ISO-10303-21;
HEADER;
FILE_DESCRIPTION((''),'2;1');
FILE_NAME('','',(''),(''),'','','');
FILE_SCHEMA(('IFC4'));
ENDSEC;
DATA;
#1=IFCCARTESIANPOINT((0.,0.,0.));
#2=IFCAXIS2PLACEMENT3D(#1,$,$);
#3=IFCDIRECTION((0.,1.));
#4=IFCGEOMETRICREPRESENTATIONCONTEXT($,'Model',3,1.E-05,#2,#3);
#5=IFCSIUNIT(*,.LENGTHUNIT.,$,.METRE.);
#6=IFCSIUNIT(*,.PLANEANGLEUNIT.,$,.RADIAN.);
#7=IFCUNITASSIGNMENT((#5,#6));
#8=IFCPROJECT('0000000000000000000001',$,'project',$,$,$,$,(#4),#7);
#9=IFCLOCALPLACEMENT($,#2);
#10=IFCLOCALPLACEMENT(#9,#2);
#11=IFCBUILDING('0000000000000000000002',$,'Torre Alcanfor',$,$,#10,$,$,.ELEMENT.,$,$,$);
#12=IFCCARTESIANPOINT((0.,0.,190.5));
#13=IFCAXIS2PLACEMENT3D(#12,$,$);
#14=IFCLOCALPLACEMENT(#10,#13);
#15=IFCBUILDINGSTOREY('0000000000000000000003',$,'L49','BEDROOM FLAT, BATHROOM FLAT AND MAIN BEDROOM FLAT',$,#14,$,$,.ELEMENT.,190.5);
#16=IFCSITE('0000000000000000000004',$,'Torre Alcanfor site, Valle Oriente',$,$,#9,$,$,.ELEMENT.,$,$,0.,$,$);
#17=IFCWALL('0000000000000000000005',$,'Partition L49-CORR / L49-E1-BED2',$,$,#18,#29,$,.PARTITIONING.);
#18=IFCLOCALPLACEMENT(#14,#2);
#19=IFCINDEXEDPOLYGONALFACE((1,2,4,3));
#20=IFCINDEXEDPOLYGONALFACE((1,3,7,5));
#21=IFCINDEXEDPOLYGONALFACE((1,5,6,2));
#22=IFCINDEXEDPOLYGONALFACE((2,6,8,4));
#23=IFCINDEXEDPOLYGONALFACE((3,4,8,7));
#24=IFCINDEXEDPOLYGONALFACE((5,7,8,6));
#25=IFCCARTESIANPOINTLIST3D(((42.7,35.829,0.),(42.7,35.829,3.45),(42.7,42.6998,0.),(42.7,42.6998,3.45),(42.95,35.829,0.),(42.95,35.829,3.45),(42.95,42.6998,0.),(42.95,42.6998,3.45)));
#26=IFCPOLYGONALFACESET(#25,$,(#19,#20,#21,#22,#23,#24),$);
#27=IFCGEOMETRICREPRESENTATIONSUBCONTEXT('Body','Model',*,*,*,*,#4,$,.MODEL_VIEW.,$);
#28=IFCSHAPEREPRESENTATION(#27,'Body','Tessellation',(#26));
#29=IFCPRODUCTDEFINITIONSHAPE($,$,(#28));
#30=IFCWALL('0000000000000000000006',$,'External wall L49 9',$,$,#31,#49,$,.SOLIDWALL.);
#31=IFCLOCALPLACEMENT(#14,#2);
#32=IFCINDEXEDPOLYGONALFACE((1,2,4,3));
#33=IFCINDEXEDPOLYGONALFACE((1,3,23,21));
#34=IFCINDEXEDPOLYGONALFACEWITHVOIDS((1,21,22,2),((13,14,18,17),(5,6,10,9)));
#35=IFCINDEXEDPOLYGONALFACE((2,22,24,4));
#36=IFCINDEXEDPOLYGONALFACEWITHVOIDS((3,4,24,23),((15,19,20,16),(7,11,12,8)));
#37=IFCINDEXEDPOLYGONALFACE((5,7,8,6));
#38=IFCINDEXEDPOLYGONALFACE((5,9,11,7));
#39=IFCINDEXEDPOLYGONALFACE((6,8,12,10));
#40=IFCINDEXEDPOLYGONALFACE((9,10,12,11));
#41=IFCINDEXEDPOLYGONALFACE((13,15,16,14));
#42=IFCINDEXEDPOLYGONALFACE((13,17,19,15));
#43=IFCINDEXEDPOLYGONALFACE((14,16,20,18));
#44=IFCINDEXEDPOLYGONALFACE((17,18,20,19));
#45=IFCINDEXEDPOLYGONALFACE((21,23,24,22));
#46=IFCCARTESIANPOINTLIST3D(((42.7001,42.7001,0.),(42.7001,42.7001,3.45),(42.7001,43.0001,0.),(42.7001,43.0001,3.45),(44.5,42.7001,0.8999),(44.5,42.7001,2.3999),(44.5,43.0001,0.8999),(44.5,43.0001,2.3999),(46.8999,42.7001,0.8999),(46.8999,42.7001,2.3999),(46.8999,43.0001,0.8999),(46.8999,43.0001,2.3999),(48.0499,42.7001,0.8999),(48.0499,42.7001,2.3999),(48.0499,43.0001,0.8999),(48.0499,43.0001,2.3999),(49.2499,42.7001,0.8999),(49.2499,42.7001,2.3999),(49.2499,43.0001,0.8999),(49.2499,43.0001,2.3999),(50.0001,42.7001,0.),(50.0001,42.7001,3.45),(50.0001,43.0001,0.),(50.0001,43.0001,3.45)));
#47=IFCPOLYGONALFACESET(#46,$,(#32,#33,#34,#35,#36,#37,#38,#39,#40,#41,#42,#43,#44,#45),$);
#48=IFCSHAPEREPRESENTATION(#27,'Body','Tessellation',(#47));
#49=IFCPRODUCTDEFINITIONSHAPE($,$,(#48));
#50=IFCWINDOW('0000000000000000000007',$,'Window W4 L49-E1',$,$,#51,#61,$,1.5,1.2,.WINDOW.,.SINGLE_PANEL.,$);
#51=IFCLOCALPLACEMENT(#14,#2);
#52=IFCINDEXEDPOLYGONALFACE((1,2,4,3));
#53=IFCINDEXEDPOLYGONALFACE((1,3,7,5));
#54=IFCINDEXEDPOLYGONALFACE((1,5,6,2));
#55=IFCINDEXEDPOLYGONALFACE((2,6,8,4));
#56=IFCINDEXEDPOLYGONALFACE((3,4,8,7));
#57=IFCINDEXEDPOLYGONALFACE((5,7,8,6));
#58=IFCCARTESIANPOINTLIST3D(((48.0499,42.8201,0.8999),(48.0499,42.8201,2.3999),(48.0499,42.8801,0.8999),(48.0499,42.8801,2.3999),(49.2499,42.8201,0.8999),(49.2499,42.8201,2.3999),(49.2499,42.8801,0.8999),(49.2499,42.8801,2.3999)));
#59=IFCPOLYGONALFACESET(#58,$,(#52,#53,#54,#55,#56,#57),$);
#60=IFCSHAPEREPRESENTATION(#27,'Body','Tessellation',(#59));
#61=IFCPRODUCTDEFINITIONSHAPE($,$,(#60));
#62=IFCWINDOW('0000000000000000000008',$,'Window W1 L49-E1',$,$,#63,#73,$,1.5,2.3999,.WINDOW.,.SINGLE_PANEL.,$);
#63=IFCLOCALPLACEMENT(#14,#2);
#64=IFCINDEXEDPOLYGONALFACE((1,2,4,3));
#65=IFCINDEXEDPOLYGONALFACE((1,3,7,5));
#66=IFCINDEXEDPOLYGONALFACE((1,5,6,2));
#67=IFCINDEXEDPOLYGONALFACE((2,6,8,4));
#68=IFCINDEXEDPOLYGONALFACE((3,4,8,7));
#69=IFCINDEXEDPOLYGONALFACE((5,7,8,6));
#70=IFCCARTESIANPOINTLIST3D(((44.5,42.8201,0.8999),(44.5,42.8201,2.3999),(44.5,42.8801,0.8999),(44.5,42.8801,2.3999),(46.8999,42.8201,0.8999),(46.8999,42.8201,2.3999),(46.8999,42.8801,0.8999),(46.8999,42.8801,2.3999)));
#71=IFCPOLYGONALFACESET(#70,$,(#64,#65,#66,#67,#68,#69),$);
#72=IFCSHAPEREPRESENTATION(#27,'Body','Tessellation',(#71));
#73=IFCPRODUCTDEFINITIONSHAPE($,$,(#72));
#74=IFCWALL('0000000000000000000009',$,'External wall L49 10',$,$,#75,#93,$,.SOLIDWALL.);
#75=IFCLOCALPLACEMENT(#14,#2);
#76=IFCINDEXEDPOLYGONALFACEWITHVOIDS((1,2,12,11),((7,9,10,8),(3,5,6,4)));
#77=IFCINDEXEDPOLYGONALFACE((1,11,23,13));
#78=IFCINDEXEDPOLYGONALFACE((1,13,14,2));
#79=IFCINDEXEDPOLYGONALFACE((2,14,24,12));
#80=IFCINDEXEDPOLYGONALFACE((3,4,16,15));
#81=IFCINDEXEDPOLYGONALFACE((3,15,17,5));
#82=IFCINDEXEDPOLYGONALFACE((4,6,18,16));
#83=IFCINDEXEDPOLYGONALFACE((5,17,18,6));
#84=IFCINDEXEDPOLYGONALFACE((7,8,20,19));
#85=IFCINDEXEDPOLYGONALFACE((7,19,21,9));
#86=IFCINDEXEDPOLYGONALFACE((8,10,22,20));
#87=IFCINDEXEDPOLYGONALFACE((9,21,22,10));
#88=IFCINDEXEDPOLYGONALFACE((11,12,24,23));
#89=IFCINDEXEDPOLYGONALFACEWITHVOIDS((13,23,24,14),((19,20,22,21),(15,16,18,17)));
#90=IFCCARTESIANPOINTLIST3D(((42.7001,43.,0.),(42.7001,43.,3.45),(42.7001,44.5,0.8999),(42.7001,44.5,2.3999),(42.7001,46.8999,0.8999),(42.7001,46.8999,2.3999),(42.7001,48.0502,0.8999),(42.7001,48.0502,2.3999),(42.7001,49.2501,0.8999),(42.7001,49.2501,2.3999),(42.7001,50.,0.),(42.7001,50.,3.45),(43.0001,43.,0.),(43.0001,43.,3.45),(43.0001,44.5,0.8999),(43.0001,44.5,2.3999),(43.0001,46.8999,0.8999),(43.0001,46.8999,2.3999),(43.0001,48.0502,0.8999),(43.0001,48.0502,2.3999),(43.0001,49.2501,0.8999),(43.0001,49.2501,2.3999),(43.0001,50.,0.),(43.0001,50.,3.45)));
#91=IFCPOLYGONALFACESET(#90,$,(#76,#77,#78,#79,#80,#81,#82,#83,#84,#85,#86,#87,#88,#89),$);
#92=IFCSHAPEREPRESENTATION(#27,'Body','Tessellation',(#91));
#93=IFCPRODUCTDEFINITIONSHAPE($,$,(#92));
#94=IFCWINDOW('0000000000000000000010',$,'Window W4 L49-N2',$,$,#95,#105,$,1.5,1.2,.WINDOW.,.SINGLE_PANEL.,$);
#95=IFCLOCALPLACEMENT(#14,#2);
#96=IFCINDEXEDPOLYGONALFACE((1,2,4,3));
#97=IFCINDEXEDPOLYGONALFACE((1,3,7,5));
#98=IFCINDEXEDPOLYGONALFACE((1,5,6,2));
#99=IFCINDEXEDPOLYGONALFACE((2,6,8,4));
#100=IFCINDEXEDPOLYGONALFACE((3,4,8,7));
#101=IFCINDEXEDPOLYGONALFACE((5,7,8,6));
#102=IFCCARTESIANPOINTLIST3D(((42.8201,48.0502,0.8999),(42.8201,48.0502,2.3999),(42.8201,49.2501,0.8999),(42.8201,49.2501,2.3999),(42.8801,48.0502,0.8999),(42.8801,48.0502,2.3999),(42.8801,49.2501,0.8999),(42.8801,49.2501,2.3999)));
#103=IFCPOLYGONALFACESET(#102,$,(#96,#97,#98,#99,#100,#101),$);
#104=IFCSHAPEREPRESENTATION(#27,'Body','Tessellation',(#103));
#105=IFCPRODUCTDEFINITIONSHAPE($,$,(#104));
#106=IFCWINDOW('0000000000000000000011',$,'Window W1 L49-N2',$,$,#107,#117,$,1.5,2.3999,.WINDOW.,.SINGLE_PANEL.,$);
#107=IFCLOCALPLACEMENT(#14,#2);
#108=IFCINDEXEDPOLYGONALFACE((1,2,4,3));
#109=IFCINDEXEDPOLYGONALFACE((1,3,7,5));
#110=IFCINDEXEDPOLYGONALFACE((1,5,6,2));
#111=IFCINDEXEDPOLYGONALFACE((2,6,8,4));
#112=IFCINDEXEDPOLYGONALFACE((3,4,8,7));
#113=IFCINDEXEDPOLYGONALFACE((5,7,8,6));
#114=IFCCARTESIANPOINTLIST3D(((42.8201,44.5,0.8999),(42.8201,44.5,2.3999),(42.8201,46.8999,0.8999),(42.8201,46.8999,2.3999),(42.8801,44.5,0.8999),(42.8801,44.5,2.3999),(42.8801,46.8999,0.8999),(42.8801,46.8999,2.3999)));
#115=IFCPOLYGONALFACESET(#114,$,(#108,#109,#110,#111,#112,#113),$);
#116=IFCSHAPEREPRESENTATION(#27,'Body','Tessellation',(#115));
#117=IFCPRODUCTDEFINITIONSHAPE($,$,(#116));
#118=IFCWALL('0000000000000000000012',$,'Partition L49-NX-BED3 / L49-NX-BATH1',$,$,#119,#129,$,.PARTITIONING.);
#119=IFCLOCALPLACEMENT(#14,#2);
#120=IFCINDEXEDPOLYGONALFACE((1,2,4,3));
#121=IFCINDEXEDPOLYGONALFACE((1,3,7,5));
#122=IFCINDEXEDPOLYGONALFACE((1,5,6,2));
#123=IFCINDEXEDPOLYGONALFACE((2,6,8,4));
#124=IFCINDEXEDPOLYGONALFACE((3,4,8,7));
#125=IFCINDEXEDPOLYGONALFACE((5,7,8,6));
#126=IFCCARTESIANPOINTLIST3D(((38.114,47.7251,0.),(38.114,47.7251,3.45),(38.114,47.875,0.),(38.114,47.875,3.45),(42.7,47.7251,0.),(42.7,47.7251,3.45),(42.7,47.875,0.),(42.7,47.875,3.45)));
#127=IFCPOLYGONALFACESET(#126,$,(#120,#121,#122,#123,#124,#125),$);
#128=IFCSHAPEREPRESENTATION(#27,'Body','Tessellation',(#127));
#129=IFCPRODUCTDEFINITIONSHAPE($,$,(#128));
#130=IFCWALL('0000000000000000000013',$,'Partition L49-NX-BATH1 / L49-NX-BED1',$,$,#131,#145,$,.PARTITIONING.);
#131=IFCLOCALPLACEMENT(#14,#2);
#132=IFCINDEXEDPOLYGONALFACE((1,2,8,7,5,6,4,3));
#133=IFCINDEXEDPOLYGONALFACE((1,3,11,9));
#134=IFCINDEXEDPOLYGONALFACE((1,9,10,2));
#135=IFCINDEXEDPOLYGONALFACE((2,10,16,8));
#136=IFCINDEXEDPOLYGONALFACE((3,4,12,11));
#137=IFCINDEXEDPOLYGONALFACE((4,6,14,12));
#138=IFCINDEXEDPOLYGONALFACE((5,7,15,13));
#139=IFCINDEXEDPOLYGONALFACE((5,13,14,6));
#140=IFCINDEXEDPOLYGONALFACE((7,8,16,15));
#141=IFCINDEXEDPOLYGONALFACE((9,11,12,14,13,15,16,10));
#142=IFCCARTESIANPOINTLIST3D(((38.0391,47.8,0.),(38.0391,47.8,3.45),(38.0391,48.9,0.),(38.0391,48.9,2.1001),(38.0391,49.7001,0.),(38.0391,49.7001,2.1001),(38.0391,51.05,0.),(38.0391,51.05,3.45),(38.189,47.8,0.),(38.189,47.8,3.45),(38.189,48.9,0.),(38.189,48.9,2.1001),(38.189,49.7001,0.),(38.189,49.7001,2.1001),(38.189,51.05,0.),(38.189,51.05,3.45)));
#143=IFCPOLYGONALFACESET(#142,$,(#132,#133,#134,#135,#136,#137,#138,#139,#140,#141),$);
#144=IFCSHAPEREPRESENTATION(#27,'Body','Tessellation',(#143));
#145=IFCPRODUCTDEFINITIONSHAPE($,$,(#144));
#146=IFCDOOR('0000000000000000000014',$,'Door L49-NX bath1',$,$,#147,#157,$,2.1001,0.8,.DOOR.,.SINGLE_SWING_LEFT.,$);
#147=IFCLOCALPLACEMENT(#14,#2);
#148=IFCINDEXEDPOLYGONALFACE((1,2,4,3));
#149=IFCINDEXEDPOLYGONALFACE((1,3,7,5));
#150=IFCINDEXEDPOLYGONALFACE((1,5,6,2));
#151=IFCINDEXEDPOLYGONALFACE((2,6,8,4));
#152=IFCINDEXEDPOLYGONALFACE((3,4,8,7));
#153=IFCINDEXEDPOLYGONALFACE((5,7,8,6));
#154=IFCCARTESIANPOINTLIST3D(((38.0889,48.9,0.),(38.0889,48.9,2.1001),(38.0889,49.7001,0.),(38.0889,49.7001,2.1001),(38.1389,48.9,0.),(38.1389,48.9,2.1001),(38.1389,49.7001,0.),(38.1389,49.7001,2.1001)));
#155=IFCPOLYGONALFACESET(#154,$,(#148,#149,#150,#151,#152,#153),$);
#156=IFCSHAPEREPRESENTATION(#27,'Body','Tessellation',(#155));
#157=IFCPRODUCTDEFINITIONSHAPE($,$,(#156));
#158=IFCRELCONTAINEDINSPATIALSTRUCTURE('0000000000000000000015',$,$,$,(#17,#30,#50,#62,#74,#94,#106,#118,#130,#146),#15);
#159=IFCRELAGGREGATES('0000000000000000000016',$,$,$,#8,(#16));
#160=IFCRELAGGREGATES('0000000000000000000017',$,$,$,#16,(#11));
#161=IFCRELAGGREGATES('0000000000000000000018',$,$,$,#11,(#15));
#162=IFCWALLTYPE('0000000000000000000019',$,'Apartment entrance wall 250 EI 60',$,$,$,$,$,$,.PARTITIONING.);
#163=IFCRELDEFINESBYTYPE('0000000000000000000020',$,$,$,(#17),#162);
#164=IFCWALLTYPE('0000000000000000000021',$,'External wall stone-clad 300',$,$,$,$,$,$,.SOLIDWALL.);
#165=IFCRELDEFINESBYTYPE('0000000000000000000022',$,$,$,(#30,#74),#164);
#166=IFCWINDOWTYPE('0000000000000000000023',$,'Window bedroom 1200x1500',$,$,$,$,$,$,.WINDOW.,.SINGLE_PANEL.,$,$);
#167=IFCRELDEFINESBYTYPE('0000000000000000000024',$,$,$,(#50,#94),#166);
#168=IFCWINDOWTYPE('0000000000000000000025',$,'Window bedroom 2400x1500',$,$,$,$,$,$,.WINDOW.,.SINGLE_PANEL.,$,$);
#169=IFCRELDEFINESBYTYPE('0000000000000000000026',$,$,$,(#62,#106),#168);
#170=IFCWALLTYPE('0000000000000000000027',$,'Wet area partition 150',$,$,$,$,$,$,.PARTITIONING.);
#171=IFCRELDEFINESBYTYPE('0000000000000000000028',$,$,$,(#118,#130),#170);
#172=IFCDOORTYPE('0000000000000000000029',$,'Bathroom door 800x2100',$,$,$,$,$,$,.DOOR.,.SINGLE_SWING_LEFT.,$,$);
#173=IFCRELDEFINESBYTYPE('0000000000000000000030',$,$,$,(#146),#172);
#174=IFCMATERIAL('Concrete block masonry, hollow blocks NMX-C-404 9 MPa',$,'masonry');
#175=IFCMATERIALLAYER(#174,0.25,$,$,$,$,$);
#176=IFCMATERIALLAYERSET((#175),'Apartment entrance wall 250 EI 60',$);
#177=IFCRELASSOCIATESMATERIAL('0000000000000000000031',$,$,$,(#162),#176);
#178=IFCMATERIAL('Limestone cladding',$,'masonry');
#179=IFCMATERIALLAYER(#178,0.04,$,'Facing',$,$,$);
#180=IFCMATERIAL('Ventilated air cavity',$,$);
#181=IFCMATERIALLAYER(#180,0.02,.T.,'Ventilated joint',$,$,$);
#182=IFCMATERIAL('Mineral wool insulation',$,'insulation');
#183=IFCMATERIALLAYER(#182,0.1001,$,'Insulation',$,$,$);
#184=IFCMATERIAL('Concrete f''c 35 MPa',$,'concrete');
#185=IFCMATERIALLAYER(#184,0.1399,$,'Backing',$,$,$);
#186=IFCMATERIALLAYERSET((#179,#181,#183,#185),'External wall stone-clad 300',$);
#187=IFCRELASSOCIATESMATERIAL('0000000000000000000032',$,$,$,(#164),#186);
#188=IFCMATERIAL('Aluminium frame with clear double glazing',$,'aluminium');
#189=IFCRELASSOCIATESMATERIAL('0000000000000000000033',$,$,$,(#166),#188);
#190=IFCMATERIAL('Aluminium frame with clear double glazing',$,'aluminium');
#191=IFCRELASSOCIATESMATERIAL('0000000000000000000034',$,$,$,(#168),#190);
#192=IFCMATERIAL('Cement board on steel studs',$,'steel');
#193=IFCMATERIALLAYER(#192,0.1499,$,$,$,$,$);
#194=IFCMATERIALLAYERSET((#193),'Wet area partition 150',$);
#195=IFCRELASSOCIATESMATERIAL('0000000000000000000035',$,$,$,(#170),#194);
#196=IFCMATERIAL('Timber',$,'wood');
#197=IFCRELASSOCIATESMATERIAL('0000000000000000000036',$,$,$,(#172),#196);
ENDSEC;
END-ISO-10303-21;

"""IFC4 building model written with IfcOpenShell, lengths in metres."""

from ifc_helpers import new_model, si_unit, direction, frame, frame_2d, origin, place, context, subcontext, project, spatial, rectangle, extrude, material, layer, layer_set, type_object, element, fill, save


model = new_model("IFC4")

# Units and contexts
model_context = context("Model", 3, precision=1e-05, world=origin(), true_north=direction((0.0, 1.0)))
body_context = subcontext(model_context, "Body", "Model", "MODEL_VIEW")
ifc_project = project(units=[si_unit("LENGTHUNIT", "METRE"), si_unit("PLANEANGLEUNIT", "RADIAN")], contexts=[model_context])

# Site, building, storey
site_placement = place(None, origin())
site = spatial("IfcSite", under=ifc_project, at=site_placement, Name="Torre Alcanfor site, Valle Oriente", CompositionType="ELEMENT", RefElevation=0.0)
building_placement = place(site_placement, origin())
building = spatial("IfcBuilding", under=site, at=building_placement, Name="Torre Alcanfor", CompositionType="ELEMENT")
storey_placement = place(building_placement, frame((0.0, 0.0, 190.5)))
storey = spatial("IfcBuildingStorey", under=building, at=storey_placement, Name="L49", Description="BEDROOM FLAT, BATHROOM FLAT AND MAIN BEDROOM FLAT", CompositionType="ELEMENT", Elevation=190.5)

# Wall
ifc_material_1 = material(Name="Concrete block masonry, hollow blocks NMX-C-404 9 MPa", Category="masonry")
ifc_layer_1 = layer(ifc_material_1, 0.25)
ifc_layer_set_1 = layer_set([ifc_layer_1], Name="Apartment entrance wall 250 EI 60")
wall_type_1 = type_object("IfcWallType", Name="Apartment entrance wall 250 EI 60", PredefinedType="PARTITIONING", material=ifc_layer_set_1)
wall_1_placement = place(storey_placement, frame((42.825, 42.7, 0.0), z_axis=(0.0, 0.0, 1.0), x_axis=(0.0, -1.0, 0.0)))
element("IfcWall", 1, at=wall_1_placement, inside=storey, type_object=wall_type_1, Name="Partition L49-CORR / L49-E1-BED2", PredefinedType="PARTITIONING", context=body_context, shape_type="SweptSolid", body=[
    extrude(rectangle(XDim=6.8708, YDim=0.25, at=frame_2d((3.4355, 0.0))), origin(), (0.0, 0.0, 1.0), 3.45),
])

# Walls, openings, windows
ifc_material_2 = material(Name="Limestone cladding", Category="masonry")
ifc_layer_2 = layer(ifc_material_2, 0.04, Name="Facing")
ifc_material_3 = material(Name="Ventilated air cavity")
ifc_layer_3 = layer(ifc_material_3, 0.02, ventilated=True, Name="Ventilated joint")
ifc_material_4 = material(Name="Mineral wool insulation", Category="insulation")
ifc_layer_4 = layer(ifc_material_4, 0.1001, Name="Insulation")
ifc_material_5 = material(Name="Concrete f'c 35 MPa", Category="concrete")
ifc_layer_5 = layer(ifc_material_5, 0.1399, Name="Backing")
ifc_layer_set_2 = layer_set([ifc_layer_2, ifc_layer_3, ifc_layer_4, ifc_layer_5], Name="External wall stone-clad 300")
wall_type_2 = type_object("IfcWallType", Name="External wall stone-clad 300", PredefinedType="SOLIDWALL", material=ifc_layer_set_2)
wall_2_placement = place(storey_placement, frame((50.0, 42.8501, 0.0), z_axis=(0.0, 0.0, 1.0), x_axis=(-1.0, 0.0, 0.0)))
wall_2 = element("IfcWall", 2, at=wall_2_placement, inside=storey, type_object=wall_type_2, Name="External wall L49 9", PredefinedType="SOLIDWALL", context=body_context, shape_type="SweptSolid", body=[
    extrude(rectangle(XDim=7.3, YDim=0.3, at=frame_2d((3.6499, 0.0))), origin(), (0.0, 0.0, 1.0), 3.45),
])
opening_1_placement = place(wall_2_placement, frame((3.1001, 0.0, 0.8999)))
opening_1 = element("IfcOpeningElement", 3, at=opening_1_placement, cuts=wall_2, PredefinedType="OPENING", context=body_context, shape_type="SweptSolid", body=[
    extrude(rectangle(XDim=2.3999, YDim=1.5, at=frame_2d((1.2, 0.75))), frame((0.0, 0.1599, 0.0), z_axis=(0.0, -1.0, 0.0), x_axis=(1.0, 0.0, 0.0)), (0.0, 0.0, 1.0), 0.3201),
])
opening_2_placement = place(wall_2_placement, frame((0.75, 0.0, 0.8999)))
opening_2 = element("IfcOpeningElement", 4, at=opening_2_placement, cuts=wall_2, PredefinedType="OPENING", context=body_context, shape_type="SweptSolid", body=[
    extrude(rectangle(XDim=1.2, YDim=1.5, at=frame_2d((0.6001, 0.75))), frame((0.0, 0.1599, 0.0), z_axis=(0.0, -1.0, 0.0), x_axis=(1.0, 0.0, 0.0)), (0.0, 0.0, 1.0), 0.3201),
])
ifc_material_6 = material(Name="Aluminium frame with clear double glazing", Category="aluminium")
window_type_1 = type_object("IfcWindowType", Name="Window bedroom 1200x1500", PartitioningType="SINGLE_PANEL", PredefinedType="WINDOW", material=ifc_material_6)
window_1_placement = place(opening_2_placement, origin())
window_1 = element("IfcWindow", 5, at=window_1_placement, inside=storey, type_object=window_type_1, Name="Window W4 L49-E1", OverallHeight=1.5, OverallWidth=1.2, PartitioningType="SINGLE_PANEL", PredefinedType="WINDOW", context=body_context, shape_type="SweptSolid", body=[
    extrude(rectangle(XDim=1.2, YDim=1.5, at=frame_2d((0.6001, 0.75))), frame((0.0, 0.03, 0.0), z_axis=(0.0, -1.0, 0.0), x_axis=(1.0, 0.0, 0.0)), (0.0, 0.0, 1.0), 0.0601),
])
fill(opening_2, window_1)
ifc_material_7 = material(Name="Aluminium frame with clear double glazing", Category="aluminium")
window_type_2 = type_object("IfcWindowType", Name="Window bedroom 2400x1500", PartitioningType="SINGLE_PANEL", PredefinedType="WINDOW", material=ifc_material_7)
window_2_placement = place(opening_1_placement, origin())
window_2 = element("IfcWindow", 6, at=window_2_placement, inside=storey, type_object=window_type_2, Name="Window W1 L49-E1", OverallHeight=1.5, OverallWidth=2.3999, PartitioningType="SINGLE_PANEL", PredefinedType="WINDOW", context=body_context, shape_type="SweptSolid", body=[
    extrude(rectangle(XDim=2.3999, YDim=1.5, at=frame_2d((1.2, 0.75))), frame((0.0, 0.03, 0.0), z_axis=(0.0, -1.0, 0.0), x_axis=(1.0, 0.0, 0.0)), (0.0, 0.0, 1.0), 0.0601),
])
fill(opening_1, window_2)
wall_3_placement = place(storey_placement, frame((42.8501, 43.0, 0.0), z_axis=(0.0, 0.0, 1.0), x_axis=(0.0, 1.0, 0.0)))
wall_3 = element("IfcWall", 7, at=wall_3_placement, inside=storey, type_object=wall_type_2, Name="External wall L49 10", PredefinedType="SOLIDWALL", context=body_context, shape_type="SweptSolid", body=[
    extrude(rectangle(XDim=7.0, YDim=0.3, at=frame_2d((3.5, 0.0))), origin(), (0.0, 0.0, 1.0), 3.45),
])
opening_3_placement = place(wall_3_placement, frame((1.5, 0.0, 0.8999)))
opening_3 = element("IfcOpeningElement", 8, at=opening_3_placement, cuts=wall_3, PredefinedType="OPENING", context=body_context, shape_type="SweptSolid", body=[
    extrude(rectangle(XDim=2.3999, YDim=1.5, at=frame_2d((1.2, 0.75))), frame((0.0, 0.1599, 0.0), z_axis=(0.0, -1.0, 0.0), x_axis=(1.0, 0.0, 0.0)), (0.0, 0.0, 1.0), 0.3201),
])
opening_4_placement = place(wall_3_placement, frame((5.05, 0.0, 0.8999)))
opening_4 = element("IfcOpeningElement", 9, at=opening_4_placement, cuts=wall_3, PredefinedType="OPENING", context=body_context, shape_type="SweptSolid", body=[
    extrude(rectangle(XDim=1.2, YDim=1.5, at=frame_2d((0.6001, 0.75))), frame((0.0, 0.1599, 0.0), z_axis=(0.0, -1.0, 0.0), x_axis=(1.0, 0.0, 0.0)), (0.0, 0.0, 1.0), 0.3201),
])
window_3_placement = place(opening_4_placement, origin())
window_3 = element("IfcWindow", 10, at=window_3_placement, inside=storey, type_object=window_type_1, Name="Window W4 L49-N2", OverallHeight=1.5, OverallWidth=1.2, PartitioningType="SINGLE_PANEL", PredefinedType="WINDOW", context=body_context, shape_type="SweptSolid", body=[
    extrude(rectangle(XDim=1.2, YDim=1.5, at=frame_2d((0.6001, 0.75))), frame((0.0, 0.03, 0.0), z_axis=(0.0, -1.0, 0.0), x_axis=(1.0, 0.0, 0.0)), (0.0, 0.0, 1.0), 0.0601),
])
fill(opening_4, window_3)
window_4_placement = place(opening_3_placement, origin())
window_4 = element("IfcWindow", 11, at=window_4_placement, inside=storey, type_object=window_type_2, Name="Window W1 L49-N2", OverallHeight=1.5, OverallWidth=2.3999, PartitioningType="SINGLE_PANEL", PredefinedType="WINDOW", context=body_context, shape_type="SweptSolid", body=[
    extrude(rectangle(XDim=2.3999, YDim=1.5, at=frame_2d((1.2, 0.75))), frame((0.0, 0.03, 0.0), z_axis=(0.0, -1.0, 0.0), x_axis=(1.0, 0.0, 0.0)), (0.0, 0.0, 1.0), 0.0601),
])
fill(opening_3, window_4)

# Wall
ifc_material_8 = material(Name="Cement board on steel studs", Category="steel")
ifc_layer_6 = layer(ifc_material_8, 0.1499)
ifc_layer_set_3 = layer_set([ifc_layer_6], Name="Wet area partition 150")
wall_type_3 = type_object("IfcWallType", Name="Wet area partition 150", PredefinedType="PARTITIONING", material=ifc_layer_set_3)
wall_4_placement = place(storey_placement, frame((42.7, 47.8, 0.0), z_axis=(0.0, 0.0, 1.0), x_axis=(-1.0, 0.0, 0.0)))
element("IfcWall", 12, at=wall_4_placement, inside=storey, type_object=wall_type_3, Name="Partition L49-NX-BED3 / L49-NX-BATH1", PredefinedType="PARTITIONING", context=body_context, shape_type="SweptSolid", body=[
    extrude(rectangle(XDim=4.5859, YDim=0.1499, at=frame_2d((2.293, 0.0))), origin(), (0.0, 0.0, 1.0), 3.45),
])

# Wall, opening, door
wall_5_placement = place(storey_placement, frame((38.114, 51.05, 0.0), z_axis=(0.0, 0.0, 1.0), x_axis=(0.0, -1.0, 0.0)))
wall_5 = element("IfcWall", 13, at=wall_5_placement, inside=storey, type_object=wall_type_3, Name="Partition L49-NX-BATH1 / L49-NX-BED1", PredefinedType="PARTITIONING", context=body_context, shape_type="SweptSolid", body=[
    extrude(rectangle(XDim=3.25, YDim=0.1499, at=frame_2d((1.625, 0.0))), origin(), (0.0, 0.0, 1.0), 3.45),
])
opening_5_placement = place(wall_5_placement, frame((1.3501, 0.0, 0.0)))
opening_5 = element("IfcOpeningElement", 14, at=opening_5_placement, cuts=wall_5, PredefinedType="OPENING", context=body_context, shape_type="SweptSolid", body=[
    extrude(rectangle(XDim=0.8, YDim=2.1001, at=frame_2d((0.3999, 1.05))), frame((0.0, 0.085, 0.0), z_axis=(0.0, -1.0, 0.0), x_axis=(1.0, 0.0, 0.0)), (0.0, 0.0, 1.0), 0.1699),
])
ifc_material_9 = material(Name="Timber", Category="wood")
door_type = type_object("IfcDoorType", Name="Bathroom door 800x2100", OperationType="SINGLE_SWING_LEFT", PredefinedType="DOOR", material=ifc_material_9)
door_placement = place(opening_5_placement, frame((0.8, 0.0, 0.0), z_axis=(0.0, 0.0, 1.0), x_axis=(-1.0, 0.0, 0.0)))
door = element("IfcDoor", 15, at=door_placement, inside=storey, type_object=door_type, Name="Door L49-NX bath1", OperationType="SINGLE_SWING_LEFT", OverallHeight=2.1001, OverallWidth=0.8, PredefinedType="DOOR", context=body_context, shape_type="SweptSolid", body=[
    extrude(rectangle(XDim=0.8, YDim=2.1001, at=frame_2d((0.4001, 1.05))), frame((0.0, 0.0251, 0.0), z_axis=(0.0, -1.0, 0.0), x_axis=(1.0, 0.0, 0.0)), (0.0, 0.0, 1.0), 0.05),
])
fill(opening_5, door)

save(model, "model.ifc")
